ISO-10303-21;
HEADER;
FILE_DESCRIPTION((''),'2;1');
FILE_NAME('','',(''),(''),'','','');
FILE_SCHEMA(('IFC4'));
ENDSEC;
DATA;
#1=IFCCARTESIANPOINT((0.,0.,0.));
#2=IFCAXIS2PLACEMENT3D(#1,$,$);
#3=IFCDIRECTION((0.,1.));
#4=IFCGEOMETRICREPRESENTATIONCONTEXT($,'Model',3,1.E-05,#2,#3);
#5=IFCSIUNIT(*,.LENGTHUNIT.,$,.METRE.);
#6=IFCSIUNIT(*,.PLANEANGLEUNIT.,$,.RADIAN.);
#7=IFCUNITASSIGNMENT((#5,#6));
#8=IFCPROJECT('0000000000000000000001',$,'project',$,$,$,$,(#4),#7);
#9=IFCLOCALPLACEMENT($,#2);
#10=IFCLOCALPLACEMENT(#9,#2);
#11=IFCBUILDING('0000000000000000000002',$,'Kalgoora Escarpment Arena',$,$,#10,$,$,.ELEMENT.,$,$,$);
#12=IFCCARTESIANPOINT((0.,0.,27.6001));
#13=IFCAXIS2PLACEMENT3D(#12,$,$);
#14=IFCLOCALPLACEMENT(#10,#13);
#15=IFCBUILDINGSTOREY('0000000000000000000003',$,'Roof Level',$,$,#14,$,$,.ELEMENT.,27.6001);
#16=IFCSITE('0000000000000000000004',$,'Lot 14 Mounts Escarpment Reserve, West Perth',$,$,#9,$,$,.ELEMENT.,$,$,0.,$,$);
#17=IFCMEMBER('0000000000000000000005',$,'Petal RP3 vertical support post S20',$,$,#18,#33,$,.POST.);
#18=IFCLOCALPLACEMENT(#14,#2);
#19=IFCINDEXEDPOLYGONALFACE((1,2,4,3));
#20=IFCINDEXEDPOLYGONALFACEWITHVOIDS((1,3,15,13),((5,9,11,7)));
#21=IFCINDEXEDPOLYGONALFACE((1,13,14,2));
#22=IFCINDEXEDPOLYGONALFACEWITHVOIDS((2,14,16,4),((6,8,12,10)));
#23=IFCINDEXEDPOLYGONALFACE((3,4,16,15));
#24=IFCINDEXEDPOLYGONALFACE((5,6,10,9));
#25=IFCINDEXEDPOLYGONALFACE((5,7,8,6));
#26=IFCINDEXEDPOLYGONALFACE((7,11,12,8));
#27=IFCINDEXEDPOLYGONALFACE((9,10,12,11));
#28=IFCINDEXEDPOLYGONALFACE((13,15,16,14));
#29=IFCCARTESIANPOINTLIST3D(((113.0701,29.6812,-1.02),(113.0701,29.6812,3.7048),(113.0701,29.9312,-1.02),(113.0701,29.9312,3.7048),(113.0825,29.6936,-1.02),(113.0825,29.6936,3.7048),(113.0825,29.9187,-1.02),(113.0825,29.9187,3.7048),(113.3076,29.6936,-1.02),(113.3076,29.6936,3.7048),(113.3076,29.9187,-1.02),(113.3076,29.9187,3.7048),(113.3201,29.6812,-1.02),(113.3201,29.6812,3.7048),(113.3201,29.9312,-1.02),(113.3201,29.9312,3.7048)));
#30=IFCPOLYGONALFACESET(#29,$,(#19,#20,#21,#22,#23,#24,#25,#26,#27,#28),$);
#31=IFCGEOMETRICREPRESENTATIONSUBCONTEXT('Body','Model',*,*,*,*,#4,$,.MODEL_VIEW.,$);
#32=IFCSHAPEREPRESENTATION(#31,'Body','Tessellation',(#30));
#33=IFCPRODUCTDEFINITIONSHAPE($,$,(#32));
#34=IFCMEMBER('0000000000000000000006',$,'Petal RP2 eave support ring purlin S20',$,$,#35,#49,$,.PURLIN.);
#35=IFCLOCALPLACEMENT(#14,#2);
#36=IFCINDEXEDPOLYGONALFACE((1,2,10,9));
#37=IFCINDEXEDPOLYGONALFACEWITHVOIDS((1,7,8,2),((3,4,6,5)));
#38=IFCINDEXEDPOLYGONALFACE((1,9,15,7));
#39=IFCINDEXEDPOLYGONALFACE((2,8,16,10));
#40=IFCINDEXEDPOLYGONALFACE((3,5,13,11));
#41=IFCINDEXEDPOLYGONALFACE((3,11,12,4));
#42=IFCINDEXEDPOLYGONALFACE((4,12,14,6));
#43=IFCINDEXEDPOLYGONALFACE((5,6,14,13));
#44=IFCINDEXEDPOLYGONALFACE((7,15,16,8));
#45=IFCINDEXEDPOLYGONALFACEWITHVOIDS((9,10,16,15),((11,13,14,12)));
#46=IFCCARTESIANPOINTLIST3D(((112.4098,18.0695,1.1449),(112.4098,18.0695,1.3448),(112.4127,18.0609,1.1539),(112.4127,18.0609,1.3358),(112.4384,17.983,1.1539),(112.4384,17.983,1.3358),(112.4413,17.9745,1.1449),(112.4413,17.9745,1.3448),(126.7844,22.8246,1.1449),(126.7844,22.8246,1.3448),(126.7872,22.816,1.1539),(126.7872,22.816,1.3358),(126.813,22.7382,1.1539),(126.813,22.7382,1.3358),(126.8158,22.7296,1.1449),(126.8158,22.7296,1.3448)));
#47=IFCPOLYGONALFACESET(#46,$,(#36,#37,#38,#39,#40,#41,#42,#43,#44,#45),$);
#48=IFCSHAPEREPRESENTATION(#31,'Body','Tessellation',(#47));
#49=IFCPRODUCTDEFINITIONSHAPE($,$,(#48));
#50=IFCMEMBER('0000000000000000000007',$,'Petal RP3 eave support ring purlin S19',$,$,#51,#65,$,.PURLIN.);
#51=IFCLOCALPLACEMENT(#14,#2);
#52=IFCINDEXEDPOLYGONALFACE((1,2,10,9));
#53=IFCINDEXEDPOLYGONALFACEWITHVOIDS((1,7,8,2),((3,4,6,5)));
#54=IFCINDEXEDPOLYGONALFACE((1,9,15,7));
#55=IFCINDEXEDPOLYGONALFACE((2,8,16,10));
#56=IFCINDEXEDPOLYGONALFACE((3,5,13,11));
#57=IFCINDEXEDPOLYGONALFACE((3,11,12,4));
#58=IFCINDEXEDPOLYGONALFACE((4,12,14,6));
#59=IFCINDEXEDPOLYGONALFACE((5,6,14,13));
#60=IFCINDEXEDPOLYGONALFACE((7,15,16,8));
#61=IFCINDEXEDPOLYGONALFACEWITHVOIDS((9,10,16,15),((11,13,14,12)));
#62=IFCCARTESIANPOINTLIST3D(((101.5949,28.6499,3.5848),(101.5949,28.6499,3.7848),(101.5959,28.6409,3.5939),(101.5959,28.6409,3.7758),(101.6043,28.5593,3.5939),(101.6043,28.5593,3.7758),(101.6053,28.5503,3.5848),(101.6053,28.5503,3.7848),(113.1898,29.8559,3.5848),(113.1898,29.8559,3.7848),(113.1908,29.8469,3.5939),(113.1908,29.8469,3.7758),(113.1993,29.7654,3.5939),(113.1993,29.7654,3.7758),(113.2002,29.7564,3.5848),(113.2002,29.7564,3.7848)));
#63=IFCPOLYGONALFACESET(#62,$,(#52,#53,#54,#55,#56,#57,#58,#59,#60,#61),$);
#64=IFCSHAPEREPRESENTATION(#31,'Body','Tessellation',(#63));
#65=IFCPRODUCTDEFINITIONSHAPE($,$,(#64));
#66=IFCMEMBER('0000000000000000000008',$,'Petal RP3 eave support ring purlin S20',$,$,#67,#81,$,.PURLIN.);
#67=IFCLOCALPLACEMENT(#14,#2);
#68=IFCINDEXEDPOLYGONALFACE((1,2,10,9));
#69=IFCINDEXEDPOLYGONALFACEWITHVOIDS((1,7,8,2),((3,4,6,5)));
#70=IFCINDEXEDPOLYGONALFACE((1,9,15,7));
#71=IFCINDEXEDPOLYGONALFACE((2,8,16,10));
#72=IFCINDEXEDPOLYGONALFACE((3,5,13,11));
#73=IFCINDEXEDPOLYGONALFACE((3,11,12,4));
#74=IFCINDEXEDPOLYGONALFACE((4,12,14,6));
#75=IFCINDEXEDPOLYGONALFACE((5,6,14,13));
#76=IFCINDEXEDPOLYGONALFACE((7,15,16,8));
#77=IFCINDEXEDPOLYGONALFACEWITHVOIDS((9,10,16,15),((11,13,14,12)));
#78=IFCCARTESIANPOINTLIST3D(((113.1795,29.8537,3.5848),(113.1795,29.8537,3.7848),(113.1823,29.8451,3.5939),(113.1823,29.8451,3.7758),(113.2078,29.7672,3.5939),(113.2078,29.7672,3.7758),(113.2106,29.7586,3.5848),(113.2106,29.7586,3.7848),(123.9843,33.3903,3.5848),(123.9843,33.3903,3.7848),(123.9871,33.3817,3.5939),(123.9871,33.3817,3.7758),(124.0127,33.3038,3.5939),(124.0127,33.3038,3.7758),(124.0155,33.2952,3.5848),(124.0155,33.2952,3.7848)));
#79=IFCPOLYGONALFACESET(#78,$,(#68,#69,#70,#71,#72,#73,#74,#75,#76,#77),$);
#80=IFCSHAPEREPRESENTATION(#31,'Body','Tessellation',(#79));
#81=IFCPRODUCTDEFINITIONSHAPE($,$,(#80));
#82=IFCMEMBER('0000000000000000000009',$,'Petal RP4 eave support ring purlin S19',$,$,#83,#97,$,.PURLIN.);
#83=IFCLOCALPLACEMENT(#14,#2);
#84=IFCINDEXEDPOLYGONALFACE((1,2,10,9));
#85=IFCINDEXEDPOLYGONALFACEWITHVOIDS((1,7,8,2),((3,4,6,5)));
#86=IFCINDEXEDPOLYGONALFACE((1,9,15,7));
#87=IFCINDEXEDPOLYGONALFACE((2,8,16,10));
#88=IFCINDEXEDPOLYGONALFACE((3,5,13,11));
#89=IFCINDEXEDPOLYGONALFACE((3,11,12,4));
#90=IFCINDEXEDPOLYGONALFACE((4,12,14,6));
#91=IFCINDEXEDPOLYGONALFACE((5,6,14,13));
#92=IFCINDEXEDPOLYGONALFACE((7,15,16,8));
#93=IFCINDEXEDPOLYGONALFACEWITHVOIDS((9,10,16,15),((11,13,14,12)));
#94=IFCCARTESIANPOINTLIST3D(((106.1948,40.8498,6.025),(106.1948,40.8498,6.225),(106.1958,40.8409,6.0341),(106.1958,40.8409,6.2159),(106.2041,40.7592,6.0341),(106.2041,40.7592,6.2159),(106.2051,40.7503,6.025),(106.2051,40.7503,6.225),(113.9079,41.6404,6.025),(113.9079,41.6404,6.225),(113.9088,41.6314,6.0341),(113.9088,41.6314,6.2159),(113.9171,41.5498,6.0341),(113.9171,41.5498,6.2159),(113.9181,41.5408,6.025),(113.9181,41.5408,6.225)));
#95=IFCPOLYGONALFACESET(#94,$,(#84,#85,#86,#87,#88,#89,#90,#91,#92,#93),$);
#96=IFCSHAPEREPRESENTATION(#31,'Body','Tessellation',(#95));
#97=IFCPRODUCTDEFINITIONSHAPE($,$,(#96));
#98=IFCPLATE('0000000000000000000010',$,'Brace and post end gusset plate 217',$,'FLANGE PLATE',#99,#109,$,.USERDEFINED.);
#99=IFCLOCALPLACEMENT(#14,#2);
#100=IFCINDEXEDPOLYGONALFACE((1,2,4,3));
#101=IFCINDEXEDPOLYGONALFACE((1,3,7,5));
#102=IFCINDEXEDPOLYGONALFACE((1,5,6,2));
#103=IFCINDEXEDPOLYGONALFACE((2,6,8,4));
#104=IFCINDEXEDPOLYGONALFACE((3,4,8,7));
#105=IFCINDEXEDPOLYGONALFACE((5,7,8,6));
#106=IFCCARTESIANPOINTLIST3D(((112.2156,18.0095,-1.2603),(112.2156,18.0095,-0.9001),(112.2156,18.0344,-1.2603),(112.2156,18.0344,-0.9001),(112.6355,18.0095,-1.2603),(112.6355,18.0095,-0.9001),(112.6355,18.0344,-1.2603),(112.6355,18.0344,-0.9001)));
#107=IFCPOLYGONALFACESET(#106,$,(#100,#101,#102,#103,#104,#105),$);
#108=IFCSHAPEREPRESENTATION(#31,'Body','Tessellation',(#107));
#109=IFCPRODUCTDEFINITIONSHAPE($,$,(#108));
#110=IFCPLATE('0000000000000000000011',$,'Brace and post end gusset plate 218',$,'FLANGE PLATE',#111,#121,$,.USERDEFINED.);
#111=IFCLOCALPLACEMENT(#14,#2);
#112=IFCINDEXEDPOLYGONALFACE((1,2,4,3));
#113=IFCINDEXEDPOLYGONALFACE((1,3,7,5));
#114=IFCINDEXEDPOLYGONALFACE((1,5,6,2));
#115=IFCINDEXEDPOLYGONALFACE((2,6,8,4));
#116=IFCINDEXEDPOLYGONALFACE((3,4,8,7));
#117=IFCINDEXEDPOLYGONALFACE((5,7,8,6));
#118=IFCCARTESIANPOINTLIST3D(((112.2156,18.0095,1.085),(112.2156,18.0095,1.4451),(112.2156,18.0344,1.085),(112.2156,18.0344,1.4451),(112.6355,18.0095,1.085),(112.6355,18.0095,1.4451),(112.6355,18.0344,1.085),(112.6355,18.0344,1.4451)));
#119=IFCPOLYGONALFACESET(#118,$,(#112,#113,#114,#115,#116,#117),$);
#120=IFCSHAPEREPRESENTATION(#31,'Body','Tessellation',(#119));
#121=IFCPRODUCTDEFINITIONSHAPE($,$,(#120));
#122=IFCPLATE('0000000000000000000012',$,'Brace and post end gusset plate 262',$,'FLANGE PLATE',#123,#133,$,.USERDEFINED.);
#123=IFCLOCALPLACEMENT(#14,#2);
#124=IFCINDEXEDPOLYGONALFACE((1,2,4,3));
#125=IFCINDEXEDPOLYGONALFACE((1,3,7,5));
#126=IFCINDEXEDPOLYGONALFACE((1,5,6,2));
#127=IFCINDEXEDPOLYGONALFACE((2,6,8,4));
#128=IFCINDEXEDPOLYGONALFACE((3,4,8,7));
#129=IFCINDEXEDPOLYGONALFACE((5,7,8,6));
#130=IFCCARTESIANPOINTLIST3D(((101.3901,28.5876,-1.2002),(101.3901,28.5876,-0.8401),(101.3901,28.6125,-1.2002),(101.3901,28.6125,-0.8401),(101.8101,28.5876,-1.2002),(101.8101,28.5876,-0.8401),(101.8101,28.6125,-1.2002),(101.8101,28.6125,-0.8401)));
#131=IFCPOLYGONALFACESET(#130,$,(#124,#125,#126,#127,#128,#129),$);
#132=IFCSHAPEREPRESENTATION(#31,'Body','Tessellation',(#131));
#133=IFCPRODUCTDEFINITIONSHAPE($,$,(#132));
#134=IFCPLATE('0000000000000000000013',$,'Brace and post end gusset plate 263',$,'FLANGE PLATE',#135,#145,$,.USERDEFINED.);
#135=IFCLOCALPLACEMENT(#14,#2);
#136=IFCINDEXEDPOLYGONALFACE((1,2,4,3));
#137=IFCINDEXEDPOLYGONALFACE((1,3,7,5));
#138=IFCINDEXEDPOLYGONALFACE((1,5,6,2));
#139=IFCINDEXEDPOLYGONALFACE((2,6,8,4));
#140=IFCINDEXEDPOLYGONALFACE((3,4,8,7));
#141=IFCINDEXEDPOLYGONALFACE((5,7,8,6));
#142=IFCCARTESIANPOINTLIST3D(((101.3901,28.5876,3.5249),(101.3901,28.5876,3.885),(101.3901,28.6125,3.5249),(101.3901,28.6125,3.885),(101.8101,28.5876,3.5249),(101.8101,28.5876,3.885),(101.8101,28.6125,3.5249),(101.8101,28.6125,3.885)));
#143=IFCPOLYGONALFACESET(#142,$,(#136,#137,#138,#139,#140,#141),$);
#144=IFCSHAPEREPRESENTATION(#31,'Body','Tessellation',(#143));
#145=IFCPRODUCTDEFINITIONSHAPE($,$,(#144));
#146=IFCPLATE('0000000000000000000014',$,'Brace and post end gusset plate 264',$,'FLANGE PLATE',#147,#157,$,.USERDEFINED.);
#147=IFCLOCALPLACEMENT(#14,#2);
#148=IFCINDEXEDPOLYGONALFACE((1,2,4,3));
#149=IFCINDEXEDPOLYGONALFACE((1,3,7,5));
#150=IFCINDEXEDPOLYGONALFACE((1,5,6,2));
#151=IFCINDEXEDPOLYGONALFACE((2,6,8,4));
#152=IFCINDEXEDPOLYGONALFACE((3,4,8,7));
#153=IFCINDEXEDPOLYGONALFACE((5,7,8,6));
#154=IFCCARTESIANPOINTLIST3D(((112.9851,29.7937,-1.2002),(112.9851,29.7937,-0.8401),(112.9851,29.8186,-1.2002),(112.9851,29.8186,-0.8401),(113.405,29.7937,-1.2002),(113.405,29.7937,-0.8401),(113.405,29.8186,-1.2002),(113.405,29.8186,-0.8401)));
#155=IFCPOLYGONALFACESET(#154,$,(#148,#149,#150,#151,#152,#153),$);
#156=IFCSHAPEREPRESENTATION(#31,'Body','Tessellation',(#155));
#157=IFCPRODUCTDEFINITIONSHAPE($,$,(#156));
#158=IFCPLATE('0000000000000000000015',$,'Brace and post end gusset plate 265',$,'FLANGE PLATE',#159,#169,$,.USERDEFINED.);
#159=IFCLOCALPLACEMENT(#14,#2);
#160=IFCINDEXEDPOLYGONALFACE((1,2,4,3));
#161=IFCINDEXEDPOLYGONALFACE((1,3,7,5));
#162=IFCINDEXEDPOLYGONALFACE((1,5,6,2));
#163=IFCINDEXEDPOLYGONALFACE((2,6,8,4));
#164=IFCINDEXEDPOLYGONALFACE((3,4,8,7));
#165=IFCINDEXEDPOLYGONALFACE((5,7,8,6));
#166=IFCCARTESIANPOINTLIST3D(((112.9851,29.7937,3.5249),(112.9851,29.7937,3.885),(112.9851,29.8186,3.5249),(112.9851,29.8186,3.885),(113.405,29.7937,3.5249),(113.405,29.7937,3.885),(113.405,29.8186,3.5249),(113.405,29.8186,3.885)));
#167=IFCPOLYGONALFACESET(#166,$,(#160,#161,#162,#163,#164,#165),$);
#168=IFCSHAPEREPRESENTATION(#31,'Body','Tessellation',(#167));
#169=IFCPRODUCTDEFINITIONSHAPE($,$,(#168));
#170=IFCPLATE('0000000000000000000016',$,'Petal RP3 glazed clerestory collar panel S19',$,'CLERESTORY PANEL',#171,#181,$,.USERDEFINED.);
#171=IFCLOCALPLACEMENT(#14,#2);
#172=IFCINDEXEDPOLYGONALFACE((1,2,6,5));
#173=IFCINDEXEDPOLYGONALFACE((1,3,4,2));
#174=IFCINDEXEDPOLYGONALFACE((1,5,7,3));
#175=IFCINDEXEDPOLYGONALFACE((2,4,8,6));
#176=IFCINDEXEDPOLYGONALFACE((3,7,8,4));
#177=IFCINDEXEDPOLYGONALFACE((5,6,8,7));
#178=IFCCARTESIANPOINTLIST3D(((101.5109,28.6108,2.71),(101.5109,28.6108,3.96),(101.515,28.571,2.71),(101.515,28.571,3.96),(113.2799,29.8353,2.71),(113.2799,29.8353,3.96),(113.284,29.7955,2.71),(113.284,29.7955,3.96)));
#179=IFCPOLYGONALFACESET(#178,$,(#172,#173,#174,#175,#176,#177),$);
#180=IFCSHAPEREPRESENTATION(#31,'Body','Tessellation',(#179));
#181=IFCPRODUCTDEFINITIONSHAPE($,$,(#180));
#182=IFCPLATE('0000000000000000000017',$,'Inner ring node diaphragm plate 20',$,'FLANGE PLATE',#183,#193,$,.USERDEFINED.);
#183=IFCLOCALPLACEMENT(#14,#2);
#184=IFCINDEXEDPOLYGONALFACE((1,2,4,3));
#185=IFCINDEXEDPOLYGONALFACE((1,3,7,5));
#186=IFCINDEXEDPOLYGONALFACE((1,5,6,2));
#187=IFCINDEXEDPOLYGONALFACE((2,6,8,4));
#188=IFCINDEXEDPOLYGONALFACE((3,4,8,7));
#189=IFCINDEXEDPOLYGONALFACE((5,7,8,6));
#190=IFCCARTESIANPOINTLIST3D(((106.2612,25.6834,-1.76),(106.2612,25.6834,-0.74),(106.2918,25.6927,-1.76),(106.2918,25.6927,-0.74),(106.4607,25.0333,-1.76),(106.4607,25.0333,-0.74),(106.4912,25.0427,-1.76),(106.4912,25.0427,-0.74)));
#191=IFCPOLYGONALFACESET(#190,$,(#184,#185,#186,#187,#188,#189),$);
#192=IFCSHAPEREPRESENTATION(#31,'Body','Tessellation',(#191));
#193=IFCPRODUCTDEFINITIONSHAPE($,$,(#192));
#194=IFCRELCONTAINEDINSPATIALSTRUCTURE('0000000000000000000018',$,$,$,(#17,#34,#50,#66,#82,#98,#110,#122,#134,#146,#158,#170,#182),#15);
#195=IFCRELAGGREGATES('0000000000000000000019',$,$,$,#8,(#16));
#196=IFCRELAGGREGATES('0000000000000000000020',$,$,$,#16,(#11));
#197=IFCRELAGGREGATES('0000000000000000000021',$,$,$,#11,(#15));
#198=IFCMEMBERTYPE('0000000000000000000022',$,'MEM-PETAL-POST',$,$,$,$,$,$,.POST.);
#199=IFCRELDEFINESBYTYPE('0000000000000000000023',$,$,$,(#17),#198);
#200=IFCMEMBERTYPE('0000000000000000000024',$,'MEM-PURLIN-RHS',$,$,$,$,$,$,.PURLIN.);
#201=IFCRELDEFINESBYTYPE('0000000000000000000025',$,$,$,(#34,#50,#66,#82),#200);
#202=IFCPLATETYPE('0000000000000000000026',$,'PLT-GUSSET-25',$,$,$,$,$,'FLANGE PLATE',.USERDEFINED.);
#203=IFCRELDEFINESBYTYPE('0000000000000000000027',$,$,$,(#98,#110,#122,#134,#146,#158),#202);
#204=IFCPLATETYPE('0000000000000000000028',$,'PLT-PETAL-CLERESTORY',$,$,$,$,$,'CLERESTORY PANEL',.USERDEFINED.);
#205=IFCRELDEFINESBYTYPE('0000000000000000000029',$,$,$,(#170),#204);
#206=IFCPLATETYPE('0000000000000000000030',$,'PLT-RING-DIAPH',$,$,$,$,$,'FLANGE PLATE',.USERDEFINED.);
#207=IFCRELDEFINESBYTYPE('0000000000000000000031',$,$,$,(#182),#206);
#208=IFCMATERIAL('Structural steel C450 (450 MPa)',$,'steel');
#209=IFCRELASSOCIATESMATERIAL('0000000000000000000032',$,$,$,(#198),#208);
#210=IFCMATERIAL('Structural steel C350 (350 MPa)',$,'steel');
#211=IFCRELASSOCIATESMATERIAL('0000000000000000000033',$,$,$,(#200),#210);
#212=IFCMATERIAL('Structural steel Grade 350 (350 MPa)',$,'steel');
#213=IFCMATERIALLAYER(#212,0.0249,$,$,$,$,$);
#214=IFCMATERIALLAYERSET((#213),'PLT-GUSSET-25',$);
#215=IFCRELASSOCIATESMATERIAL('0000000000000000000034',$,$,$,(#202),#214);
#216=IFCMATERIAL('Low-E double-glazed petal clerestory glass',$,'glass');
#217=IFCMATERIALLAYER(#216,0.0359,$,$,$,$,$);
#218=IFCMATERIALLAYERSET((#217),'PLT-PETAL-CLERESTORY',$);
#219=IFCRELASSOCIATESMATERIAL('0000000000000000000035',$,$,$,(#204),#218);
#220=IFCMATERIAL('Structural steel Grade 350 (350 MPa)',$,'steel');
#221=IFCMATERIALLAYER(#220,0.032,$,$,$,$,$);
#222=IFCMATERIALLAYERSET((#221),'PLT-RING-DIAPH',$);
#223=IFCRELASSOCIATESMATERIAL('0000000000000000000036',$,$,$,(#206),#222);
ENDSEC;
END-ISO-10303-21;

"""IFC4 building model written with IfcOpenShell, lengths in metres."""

from ifc_helpers import new_model, si_unit, direction, frame, origin, origin_2d, place, context, subcontext, project, spatial, rectangle, hollow_rectangle, extrude, material, layer, layer_set, material_profile, profile_set, type_object, element, save


model = new_model("IFC4")

# Units and contexts
model_context = context("Model", 3, precision=1e-05, world=origin(), true_north=direction((0.0, 1.0)))
body_context = subcontext(model_context, "Body", "Model", "MODEL_VIEW")
ifc_project = project(units=[si_unit("LENGTHUNIT", "METRE"), si_unit("PLANEANGLEUNIT", "RADIAN")], contexts=[model_context])

# Site, building, storey
site_placement = place(None, origin())
site = spatial("IfcSite", under=ifc_project, at=site_placement, Name="Lot 14 Mounts Escarpment Reserve, West Perth", CompositionType="ELEMENT", RefElevation=0.0)
building_placement = place(site_placement, origin())
building = spatial("IfcBuilding", under=site, at=building_placement, Name="Kalgoora Escarpment Arena", CompositionType="ELEMENT")
storey_placement = place(building_placement, frame((0.0, 0.0, 27.6001)))
storey = spatial("IfcBuildingStorey", under=building, at=storey_placement, Name="Roof Level", CompositionType="ELEMENT", Elevation=27.6001)

# Members
ifc_material_1 = material(Name="Structural steel C450 (450 MPa)", Category="steel")
ifc_material_profile_1 = material_profile(ifc_material_1, hollow_rectangle(XDim=0.25, YDim=0.25, WallThickness=0.0125, at=origin_2d()))
ifc_profile_set_1 = profile_set([ifc_material_profile_1], Name="Structural steel C450 (450 MPa)")
member_type_1 = type_object("IfcMemberType", Name="MEM-PETAL-POST", PredefinedType="POST", material=ifc_profile_set_1)
for number, where, z_axis, x_axis, name in (
    (1, (113.1951, 29.8062, -1.02), (0.0, 0.0, 1.0), (1.0, 0.0, 0.0), "Petal RP3 vertical support post S20"),
):
    element("IfcMember", number, at=place(storey_placement, frame(where, z_axis=z_axis, x_axis=x_axis)), inside=storey, type_object=member_type_1, Name=name, PredefinedType="POST", context=body_context, shape_type="SweptSolid", body=[
        extrude(hollow_rectangle(XDim=0.25, YDim=0.25, WallThickness=0.0125, at=origin_2d()), origin(), (0.0, 0.0, 1.0), 4.7249),
    ])
ifc_material_2 = material(Name="Structural steel C350 (350 MPa)", Category="steel")
ifc_material_profile_2 = material_profile(ifc_material_2, hollow_rectangle(XDim=0.1001, YDim=0.2, WallThickness=0.009, at=origin_2d()))
ifc_profile_set_2 = profile_set([ifc_material_profile_2], Name="Structural steel C350 (350 MPa)")
member_type_2 = type_object("IfcMemberType", Name="MEM-PURLIN-RHS", PredefinedType="PURLIN", material=ifc_profile_set_2)
member_1_placement = place(storey_placement, frame((112.4255, 18.022, 1.2449), z_axis=(0.949402, 0.314065, 0.0), x_axis=(-0.314065, 0.949402, 0.0)))
element("IfcMember", 2, at=member_1_placement, inside=storey, type_object=member_type_2, Name="Petal RP2 eave support ring purlin S20", PredefinedType="PURLIN", context=body_context, shape_type="SweptSolid", body=[
    extrude(hollow_rectangle(XDim=0.1001, YDim=0.2, WallThickness=0.009, at=origin_2d()), origin(), (0.0, 0.0, 1.0), 15.1406),
])
member_2_placement = place(storey_placement, frame((101.6001, 28.6001, 3.6848), z_axis=(0.994634, 0.103457, 0.0), x_axis=(-0.103457, 0.994634, 0.0)))
element("IfcMember", 3, at=member_2_placement, inside=storey, type_object=member_type_2, Name="Petal RP3 eave support ring purlin S19", PredefinedType="PURLIN", context=body_context, shape_type="SweptSolid", body=[
    extrude(hollow_rectangle(XDim=0.1001, YDim=0.2, WallThickness=0.009, at=origin_2d()), origin(), (0.0, 0.0, 1.0), 11.6575),
])
member_3_placement = place(storey_placement, frame((113.1951, 29.8062, 3.6848), z_axis=(0.950385, 0.311076, 0.0), x_axis=(-0.311076, 0.950385, 0.0)))
element("IfcMember", 4, at=member_3_placement, inside=storey, type_object=member_type_2, Name="Petal RP3 eave support ring purlin S20", PredefinedType="PURLIN", context=body_context, shape_type="SweptSolid", body=[
    extrude(hollow_rectangle(XDim=0.1001, YDim=0.2, WallThickness=0.009, at=origin_2d()), origin(), (0.0, 0.0, 1.0), 11.3689),
])
member_4_placement = place(storey_placement, frame((106.2, 40.8, 6.125), z_axis=(0.994788, 0.10196, 0.0), x_axis=(-0.10196, 0.994788, 0.0)))
element("IfcMember", 5, at=member_4_placement, inside=storey, type_object=member_type_2, Name="Petal RP4 eave support ring purlin S19", PredefinedType="PURLIN", context=body_context, shape_type="SweptSolid", body=[
    extrude(hollow_rectangle(XDim=0.1001, YDim=0.2, WallThickness=0.009, at=origin_2d()), origin(), (0.0, 0.0, 1.0), 7.7534),
])

# Plates
ifc_material_3 = material(Name="Structural steel Grade 350 (350 MPa)", Category="steel")
ifc_layer_1 = layer(ifc_material_3, 0.0249)
ifc_layer_set_1 = layer_set([ifc_layer_1], Name="PLT-GUSSET-25")
plate_type_1 = type_object("IfcPlateType", Name="PLT-GUSSET-25", ElementType="FLANGE PLATE", PredefinedType="USERDEFINED", material=ifc_layer_set_1)
for number, where, z_axis, x_axis, name in (
    (6, (112.4255, 18.022, -1.2603), (0.0, 0.0, 1.0), (1.0, 0.0, 0.0), "Brace and post end gusset plate 217"),
    (7, (112.4255, 18.022, 1.085), (0.0, 0.0, 1.0), (1.0, 0.0, 0.0), "Brace and post end gusset plate 218"),
    (8, (101.6001, 28.6001, -1.2002), (0.0, 0.0, 1.0), (1.0, 0.0, 0.0), "Brace and post end gusset plate 262"),
    (9, (101.6001, 28.6001, 3.5249), (0.0, 0.0, 1.0), (1.0, 0.0, 0.0), "Brace and post end gusset plate 263"),
    (10, (113.1951, 29.8062, -1.2002), (0.0, 0.0, 1.0), (1.0, 0.0, 0.0), "Brace and post end gusset plate 264"),
    (11, (113.1951, 29.8062, 3.5249), (0.0, 0.0, 1.0), (1.0, 0.0, 0.0), "Brace and post end gusset plate 265"),
):
    element("IfcPlate", number, at=place(storey_placement, frame(where, z_axis=z_axis, x_axis=x_axis)), inside=storey, type_object=plate_type_1, Name=name, ObjectType="FLANGE PLATE", PredefinedType="USERDEFINED", context=body_context, shape_type="SweptSolid", body=[
        extrude(rectangle(XDim=0.4199, YDim=0.0249, at=origin_2d()), origin(), (0.0, 0.0, 1.0), 0.3601),
    ])
ifc_material_4 = material(Name="Low-E double-glazed petal clerestory glass", Category="glass")
ifc_layer_2 = layer(ifc_material_4, 0.0359)
ifc_layer_set_2 = layer_set([ifc_layer_2], Name="PLT-PETAL-CLERESTORY")
plate_type_2 = type_object("IfcPlateType", Name="PLT-PETAL-CLERESTORY", ElementType="CLERESTORY PANEL", PredefinedType="USERDEFINED", material=ifc_layer_set_2)
plate_1_placement = place(storey_placement, frame((107.3975, 29.2031, 2.71), z_axis=(0.0, 0.0, 1.0), x_axis=(0.994631, 0.103487, 0.0)))
element("IfcPlate", 12, at=plate_1_placement, inside=storey, type_object=plate_type_2, Name="Petal RP3 glazed clerestory collar panel S19", ObjectType="CLERESTORY PANEL", PredefinedType="USERDEFINED", context=body_context, shape_type="SweptSolid", body=[
    extrude(rectangle(XDim=11.8325, YDim=0.04, at=origin_2d()), origin(), (0.0, 0.0, 1.0), 1.25),
])
ifc_material_5 = material(Name="Structural steel Grade 350 (350 MPa)", Category="steel")
ifc_layer_3 = layer(ifc_material_5, 0.032)
ifc_layer_set_3 = layer_set([ifc_layer_3], Name="PLT-RING-DIAPH")
plate_type_3 = type_object("IfcPlateType", Name="PLT-RING-DIAPH", ElementType="FLANGE PLATE", PredefinedType="USERDEFINED", material=ifc_layer_set_3)
plate_2_placement = place(storey_placement, frame((106.3762, 25.363, -1.76), z_axis=(0.0, 0.0, 1.0), x_axis=(0.955998, 0.293373, 0.0)))
element("IfcPlate", 13, at=plate_2_placement, inside=storey, type_object=plate_type_3, Name="Inner ring node diaphragm plate 20", ObjectType="FLANGE PLATE", PredefinedType="USERDEFINED", context=body_context, shape_type="SweptSolid", body=[
    extrude(rectangle(XDim=0.032, YDim=0.6799, at=origin_2d()), origin(), (0.0, 0.0, 1.0), 1.02),
])

save(model, "model.ifc")
